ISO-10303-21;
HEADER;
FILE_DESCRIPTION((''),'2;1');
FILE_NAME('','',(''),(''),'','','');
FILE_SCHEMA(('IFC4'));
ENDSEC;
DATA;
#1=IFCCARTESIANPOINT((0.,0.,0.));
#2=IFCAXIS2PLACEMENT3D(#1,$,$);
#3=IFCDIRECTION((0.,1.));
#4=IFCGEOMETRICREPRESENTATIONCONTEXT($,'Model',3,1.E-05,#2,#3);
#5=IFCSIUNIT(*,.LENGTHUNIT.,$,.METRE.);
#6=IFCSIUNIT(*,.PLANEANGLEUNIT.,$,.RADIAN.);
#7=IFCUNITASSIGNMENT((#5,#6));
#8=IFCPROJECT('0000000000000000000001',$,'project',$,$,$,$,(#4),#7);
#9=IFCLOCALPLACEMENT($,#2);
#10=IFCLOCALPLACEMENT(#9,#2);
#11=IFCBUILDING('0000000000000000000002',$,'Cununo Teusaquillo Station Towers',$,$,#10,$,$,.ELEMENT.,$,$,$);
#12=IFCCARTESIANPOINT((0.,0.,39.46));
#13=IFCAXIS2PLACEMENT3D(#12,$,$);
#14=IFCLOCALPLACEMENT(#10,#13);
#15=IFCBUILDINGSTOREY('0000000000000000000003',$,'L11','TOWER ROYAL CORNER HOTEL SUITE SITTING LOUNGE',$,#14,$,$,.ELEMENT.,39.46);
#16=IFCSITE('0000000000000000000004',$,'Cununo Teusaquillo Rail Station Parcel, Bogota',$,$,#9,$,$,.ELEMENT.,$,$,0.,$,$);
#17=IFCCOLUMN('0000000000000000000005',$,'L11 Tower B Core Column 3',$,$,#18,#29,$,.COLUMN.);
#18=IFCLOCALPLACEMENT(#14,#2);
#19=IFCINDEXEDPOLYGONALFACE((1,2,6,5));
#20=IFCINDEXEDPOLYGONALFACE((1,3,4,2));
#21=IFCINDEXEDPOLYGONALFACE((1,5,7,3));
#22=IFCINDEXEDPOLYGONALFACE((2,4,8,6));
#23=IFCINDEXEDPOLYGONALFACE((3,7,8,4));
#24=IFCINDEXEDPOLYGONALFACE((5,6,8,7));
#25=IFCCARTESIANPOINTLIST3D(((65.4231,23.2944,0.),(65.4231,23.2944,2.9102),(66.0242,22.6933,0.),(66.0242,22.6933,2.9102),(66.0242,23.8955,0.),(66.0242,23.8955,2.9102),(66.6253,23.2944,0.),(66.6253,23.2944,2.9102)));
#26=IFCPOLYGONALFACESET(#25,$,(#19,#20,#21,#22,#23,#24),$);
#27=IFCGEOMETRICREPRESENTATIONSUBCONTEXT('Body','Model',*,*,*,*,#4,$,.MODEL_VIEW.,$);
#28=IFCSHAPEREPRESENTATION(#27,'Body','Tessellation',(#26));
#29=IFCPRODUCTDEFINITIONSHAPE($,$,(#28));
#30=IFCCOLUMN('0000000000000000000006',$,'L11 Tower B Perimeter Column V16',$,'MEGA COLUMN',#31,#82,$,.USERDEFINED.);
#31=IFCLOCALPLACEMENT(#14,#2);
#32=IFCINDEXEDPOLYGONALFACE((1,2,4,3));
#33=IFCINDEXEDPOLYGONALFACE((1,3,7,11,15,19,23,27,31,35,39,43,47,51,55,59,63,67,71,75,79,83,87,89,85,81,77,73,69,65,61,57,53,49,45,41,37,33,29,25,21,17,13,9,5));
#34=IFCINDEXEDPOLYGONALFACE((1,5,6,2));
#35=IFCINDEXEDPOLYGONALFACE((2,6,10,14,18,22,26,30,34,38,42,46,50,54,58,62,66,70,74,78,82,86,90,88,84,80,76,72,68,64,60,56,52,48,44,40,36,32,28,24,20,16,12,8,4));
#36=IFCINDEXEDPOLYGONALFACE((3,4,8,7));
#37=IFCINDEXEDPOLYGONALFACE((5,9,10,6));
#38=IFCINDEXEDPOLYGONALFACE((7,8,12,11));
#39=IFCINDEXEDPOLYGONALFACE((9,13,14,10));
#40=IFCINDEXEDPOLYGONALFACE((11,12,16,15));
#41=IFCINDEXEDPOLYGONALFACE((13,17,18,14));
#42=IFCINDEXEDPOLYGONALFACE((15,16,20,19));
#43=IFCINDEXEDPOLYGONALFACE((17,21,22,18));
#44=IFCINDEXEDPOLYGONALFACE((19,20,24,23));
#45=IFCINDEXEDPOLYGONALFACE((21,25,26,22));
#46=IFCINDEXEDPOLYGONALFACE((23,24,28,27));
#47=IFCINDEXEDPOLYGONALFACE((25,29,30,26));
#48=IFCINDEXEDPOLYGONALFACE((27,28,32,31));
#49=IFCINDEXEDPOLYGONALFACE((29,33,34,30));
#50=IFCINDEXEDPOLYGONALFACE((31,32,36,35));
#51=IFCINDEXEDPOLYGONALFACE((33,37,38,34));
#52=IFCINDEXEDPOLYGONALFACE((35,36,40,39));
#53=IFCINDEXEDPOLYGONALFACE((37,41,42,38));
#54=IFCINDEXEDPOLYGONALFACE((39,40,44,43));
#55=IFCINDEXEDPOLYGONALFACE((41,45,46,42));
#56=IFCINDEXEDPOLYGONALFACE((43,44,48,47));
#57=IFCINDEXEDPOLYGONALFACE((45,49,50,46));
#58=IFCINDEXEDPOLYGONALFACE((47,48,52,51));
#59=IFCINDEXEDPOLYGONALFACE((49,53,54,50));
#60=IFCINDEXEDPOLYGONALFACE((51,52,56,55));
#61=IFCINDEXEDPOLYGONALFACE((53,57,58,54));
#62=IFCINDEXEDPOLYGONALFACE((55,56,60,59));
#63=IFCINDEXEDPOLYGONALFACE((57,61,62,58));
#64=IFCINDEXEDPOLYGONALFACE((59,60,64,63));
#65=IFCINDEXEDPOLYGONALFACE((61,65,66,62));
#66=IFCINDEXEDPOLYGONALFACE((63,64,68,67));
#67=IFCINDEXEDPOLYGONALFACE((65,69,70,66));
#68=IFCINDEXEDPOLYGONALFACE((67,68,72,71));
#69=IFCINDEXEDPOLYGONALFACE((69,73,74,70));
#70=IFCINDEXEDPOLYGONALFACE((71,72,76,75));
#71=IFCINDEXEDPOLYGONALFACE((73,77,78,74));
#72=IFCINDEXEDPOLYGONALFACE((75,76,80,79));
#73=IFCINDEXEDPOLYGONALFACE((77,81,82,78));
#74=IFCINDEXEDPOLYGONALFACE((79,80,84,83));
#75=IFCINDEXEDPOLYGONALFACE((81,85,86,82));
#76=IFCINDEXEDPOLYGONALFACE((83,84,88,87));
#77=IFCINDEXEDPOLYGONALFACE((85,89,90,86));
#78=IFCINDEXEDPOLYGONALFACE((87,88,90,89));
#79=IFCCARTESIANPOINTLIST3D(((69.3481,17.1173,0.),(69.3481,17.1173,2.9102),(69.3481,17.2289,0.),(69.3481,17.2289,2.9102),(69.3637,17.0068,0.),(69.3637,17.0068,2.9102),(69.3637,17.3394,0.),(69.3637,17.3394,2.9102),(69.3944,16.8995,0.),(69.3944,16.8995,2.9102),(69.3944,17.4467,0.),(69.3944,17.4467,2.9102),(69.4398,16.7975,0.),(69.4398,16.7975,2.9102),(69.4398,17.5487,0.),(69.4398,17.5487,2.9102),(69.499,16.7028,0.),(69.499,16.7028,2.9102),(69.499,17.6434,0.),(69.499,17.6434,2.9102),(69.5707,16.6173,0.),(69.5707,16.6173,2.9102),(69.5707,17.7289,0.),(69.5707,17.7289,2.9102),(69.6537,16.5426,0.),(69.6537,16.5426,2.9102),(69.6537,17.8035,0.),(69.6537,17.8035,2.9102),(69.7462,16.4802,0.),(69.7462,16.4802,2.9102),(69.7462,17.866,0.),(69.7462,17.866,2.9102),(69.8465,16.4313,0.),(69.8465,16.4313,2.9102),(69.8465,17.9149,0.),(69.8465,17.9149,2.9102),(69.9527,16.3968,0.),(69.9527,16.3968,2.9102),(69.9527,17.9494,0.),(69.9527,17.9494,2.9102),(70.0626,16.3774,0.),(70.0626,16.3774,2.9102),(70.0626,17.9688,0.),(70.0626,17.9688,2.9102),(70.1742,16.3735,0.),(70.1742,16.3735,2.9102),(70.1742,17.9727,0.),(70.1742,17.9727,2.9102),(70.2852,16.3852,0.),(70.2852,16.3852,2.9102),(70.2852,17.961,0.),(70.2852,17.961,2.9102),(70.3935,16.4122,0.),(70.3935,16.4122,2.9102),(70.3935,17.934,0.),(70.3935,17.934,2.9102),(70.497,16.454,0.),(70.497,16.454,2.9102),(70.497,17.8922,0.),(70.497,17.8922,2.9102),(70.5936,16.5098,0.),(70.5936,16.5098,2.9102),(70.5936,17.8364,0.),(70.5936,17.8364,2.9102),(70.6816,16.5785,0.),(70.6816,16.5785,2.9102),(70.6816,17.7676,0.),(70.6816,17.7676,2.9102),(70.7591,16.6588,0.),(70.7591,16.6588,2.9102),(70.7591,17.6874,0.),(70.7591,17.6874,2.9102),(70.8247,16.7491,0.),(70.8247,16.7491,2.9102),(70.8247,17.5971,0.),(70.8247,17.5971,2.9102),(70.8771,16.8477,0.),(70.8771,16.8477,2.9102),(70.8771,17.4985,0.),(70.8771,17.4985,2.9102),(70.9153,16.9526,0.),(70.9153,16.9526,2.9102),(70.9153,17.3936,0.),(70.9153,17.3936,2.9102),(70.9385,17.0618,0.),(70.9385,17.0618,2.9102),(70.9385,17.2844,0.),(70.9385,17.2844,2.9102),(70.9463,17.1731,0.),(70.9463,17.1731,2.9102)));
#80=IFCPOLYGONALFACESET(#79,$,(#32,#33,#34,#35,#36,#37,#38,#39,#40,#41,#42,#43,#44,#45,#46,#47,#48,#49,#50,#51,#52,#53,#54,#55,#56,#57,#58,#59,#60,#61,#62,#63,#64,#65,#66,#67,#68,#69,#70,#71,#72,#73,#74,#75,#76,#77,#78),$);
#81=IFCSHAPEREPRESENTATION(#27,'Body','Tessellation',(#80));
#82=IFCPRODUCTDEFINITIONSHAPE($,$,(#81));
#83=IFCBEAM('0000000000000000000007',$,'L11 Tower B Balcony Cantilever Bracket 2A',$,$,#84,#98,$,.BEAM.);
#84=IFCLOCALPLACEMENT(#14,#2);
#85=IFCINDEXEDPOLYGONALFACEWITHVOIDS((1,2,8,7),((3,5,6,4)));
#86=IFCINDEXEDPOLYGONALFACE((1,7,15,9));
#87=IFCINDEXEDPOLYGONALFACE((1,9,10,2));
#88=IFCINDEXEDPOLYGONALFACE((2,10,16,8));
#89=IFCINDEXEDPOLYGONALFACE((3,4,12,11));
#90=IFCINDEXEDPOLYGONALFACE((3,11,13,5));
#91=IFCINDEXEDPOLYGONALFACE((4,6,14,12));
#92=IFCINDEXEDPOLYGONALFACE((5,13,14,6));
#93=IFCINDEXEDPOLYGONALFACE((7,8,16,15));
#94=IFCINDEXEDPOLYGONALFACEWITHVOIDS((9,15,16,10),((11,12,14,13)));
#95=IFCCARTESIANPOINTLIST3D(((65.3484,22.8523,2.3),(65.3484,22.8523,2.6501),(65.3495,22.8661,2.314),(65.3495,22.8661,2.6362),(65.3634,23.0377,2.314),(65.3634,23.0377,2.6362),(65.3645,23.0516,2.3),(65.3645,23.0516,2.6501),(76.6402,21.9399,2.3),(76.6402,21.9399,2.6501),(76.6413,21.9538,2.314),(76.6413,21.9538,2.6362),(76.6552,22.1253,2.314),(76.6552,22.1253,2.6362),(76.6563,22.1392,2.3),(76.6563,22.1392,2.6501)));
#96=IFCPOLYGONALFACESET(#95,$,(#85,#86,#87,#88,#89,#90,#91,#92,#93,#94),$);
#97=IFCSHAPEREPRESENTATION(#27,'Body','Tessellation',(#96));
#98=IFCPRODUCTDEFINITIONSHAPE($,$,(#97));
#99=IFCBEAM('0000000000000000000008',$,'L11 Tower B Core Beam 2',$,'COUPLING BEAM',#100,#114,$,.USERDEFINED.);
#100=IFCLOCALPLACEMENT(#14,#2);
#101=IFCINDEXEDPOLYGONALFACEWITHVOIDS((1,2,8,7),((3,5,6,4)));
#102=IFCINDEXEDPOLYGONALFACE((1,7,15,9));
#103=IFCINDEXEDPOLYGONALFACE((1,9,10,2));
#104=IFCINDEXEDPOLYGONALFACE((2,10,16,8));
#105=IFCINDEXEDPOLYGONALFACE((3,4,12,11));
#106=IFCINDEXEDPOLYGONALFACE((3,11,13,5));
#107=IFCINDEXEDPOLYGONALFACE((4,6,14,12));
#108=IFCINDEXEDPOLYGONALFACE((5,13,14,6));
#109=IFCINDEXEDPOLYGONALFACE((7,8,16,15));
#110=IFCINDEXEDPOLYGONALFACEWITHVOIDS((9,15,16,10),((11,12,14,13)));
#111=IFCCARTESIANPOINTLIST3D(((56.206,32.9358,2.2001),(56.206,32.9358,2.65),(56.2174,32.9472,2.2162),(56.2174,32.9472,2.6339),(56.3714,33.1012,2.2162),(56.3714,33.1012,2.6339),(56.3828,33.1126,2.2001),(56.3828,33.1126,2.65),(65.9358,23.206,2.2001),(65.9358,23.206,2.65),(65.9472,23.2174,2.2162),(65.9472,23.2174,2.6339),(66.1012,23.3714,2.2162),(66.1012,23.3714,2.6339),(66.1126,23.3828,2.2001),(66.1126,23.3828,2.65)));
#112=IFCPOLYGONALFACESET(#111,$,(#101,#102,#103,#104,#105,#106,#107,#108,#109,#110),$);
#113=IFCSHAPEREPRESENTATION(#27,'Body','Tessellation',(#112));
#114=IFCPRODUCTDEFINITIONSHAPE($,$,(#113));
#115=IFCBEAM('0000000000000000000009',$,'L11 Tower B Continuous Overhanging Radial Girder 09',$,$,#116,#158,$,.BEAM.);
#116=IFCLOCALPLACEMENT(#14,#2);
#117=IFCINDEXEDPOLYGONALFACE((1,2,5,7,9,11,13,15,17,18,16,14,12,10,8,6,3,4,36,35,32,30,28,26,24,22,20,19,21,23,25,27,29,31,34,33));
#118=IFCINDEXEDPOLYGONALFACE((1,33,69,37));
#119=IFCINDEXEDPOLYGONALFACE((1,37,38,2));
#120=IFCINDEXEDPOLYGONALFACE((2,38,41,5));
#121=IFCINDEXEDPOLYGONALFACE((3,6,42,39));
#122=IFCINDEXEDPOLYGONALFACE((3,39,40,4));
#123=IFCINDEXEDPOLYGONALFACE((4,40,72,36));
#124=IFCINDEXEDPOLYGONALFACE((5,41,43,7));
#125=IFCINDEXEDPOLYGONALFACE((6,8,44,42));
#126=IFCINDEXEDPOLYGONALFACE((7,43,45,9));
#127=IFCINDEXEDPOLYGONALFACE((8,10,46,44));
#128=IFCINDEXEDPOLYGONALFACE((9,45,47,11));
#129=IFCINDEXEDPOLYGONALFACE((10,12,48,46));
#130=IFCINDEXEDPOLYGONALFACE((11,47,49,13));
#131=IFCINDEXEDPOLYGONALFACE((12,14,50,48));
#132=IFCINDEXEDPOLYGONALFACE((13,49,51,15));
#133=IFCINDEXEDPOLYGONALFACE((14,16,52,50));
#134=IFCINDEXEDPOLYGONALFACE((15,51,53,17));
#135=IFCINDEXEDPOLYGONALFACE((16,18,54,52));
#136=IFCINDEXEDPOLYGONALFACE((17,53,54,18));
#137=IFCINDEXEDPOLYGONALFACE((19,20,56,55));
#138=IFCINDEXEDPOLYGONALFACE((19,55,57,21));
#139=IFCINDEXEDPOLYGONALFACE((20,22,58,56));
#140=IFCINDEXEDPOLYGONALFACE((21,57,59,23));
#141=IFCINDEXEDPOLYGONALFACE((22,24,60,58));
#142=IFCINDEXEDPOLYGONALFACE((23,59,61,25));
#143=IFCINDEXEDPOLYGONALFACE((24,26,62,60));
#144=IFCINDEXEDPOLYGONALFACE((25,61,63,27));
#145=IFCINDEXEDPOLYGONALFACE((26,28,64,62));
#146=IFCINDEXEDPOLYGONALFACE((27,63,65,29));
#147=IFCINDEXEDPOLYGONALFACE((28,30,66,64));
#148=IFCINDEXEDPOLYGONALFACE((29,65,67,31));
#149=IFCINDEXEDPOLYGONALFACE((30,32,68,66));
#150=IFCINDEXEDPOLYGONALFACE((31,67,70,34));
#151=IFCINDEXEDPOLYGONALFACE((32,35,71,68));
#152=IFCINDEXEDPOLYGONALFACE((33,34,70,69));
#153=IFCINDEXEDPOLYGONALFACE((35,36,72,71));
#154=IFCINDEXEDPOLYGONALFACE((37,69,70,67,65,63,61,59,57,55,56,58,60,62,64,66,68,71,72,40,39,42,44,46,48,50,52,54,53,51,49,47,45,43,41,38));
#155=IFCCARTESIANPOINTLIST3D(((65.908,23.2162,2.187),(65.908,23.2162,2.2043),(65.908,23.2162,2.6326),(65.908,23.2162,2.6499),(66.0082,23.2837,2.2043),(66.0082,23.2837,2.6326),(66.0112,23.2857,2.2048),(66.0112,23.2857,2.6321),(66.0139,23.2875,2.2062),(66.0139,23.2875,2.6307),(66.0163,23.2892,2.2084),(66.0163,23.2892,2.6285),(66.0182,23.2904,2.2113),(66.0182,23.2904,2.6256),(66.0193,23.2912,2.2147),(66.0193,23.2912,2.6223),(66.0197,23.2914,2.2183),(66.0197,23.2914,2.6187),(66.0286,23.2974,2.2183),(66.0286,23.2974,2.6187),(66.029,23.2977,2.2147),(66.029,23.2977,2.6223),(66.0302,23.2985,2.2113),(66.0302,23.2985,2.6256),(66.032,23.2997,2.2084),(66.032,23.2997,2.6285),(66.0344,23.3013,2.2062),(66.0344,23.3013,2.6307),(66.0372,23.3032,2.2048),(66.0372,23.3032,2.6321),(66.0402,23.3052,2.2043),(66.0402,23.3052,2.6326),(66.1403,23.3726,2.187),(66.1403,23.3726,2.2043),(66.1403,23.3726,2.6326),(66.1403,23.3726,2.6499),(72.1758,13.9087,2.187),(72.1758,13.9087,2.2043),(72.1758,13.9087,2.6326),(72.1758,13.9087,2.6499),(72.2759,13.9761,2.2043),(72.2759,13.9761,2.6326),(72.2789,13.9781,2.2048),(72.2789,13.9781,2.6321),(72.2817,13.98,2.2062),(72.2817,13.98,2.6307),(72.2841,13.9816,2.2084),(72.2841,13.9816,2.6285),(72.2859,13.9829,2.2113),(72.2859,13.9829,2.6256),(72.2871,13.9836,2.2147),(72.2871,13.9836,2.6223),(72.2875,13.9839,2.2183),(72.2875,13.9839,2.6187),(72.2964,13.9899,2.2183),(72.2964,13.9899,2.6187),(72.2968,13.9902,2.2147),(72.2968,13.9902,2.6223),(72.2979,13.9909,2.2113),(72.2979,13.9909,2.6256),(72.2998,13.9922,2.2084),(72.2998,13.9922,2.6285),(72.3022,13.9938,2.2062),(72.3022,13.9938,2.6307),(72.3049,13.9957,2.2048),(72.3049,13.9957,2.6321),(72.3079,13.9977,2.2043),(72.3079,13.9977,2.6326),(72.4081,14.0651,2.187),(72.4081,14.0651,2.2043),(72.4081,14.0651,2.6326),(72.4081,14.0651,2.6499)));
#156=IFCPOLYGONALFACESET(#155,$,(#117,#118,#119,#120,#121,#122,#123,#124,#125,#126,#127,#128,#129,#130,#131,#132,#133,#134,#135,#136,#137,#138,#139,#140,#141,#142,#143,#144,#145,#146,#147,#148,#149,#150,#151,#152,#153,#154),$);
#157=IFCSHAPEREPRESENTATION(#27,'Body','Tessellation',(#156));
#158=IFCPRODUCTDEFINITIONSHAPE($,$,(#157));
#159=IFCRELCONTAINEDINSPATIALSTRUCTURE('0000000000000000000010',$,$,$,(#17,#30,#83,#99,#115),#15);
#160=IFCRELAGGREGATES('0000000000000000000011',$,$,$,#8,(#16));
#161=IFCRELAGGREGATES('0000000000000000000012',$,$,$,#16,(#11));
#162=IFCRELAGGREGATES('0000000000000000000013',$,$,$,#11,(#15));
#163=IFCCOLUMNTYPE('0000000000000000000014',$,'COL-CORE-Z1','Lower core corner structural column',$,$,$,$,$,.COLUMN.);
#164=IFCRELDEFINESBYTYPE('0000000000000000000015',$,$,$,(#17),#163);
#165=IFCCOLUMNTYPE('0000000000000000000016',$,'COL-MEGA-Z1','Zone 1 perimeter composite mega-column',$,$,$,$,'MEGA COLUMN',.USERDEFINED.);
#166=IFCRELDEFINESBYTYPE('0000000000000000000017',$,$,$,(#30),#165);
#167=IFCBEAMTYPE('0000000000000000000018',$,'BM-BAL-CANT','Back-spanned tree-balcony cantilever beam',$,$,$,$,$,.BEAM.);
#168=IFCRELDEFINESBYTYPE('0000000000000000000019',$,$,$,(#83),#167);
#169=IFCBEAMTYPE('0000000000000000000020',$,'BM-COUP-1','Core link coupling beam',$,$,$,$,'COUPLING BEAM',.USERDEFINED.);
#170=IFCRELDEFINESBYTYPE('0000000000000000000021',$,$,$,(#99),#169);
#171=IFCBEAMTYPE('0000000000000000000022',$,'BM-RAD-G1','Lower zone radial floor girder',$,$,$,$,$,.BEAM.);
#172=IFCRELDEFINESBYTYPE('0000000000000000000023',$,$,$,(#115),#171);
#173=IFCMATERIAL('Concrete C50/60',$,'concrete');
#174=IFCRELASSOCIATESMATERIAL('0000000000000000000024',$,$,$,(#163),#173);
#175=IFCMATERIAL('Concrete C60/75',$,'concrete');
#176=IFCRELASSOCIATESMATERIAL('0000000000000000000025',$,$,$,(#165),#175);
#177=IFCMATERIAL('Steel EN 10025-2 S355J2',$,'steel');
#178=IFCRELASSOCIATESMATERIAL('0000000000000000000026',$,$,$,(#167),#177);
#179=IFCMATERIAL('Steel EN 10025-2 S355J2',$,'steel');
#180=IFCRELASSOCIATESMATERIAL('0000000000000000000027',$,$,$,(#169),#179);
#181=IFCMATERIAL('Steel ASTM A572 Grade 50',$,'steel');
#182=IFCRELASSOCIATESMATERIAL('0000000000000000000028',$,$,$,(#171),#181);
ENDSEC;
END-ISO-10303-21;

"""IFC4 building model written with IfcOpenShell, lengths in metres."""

from ifc_helpers import new_model, si_unit, direction, frame, origin, origin_2d, place, context, subcontext, project, spatial, rectangle, hollow_rectangle, circle, i_section, extrude, material, material_profile, profile_set, type_object, element, save


model = new_model("IFC4")

# Units and contexts
model_context = context("Model", 3, precision=1e-05, world=origin(), true_north=direction((0.0, 1.0)))
body_context = subcontext(model_context, "Body", "Model", "MODEL_VIEW")
ifc_project = project(units=[si_unit("LENGTHUNIT", "METRE"), si_unit("PLANEANGLEUNIT", "RADIAN")], contexts=[model_context])

# Site, building, storey
site_placement = place(None, origin())
site = spatial("IfcSite", under=ifc_project, at=site_placement, Name="Cununo Teusaquillo Rail Station Parcel, Bogota", CompositionType="ELEMENT", RefElevation=0.0)
building_placement = place(site_placement, origin())
building = spatial("IfcBuilding", under=site, at=building_placement, Name="Cununo Teusaquillo Station Towers", CompositionType="ELEMENT")
storey_placement = place(building_placement, frame((0.0, 0.0, 39.46)))
storey = spatial("IfcBuildingStorey", under=building, at=storey_placement, Name="L11", Description="TOWER ROYAL CORNER HOTEL SUITE SITTING LOUNGE", CompositionType="ELEMENT", Elevation=39.46)

# Columns
ifc_material_1 = material(Name="Concrete C50/60", Category="concrete")
ifc_material_profile_1 = material_profile(ifc_material_1, rectangle(XDim=0.8501, YDim=0.8501, at=origin_2d()), Name="RC-RECT-850x850")
ifc_profile_set_1 = profile_set([ifc_material_profile_1], Name="Concrete C50/60")
column_type_1 = type_object("IfcColumnType", Name="COL-CORE-Z1", Description="Lower core corner structural column", PredefinedType="COLUMN", material=ifc_profile_set_1)
column_1_placement = place(storey_placement, frame((66.0242, 23.2944, 0.0), z_axis=(0.0, 0.0, 1.0), x_axis=(0.707107, 0.707107, 0.0)))
element("IfcColumn", 1, at=column_1_placement, inside=storey, type_object=column_type_1, Name="L11 Tower B Core Column 3", PredefinedType="COLUMN", context=body_context, shape_type="SweptSolid", body=[
    extrude(rectangle(XDim=0.8501, YDim=0.8501, at=origin_2d()), origin(), (0.0, 0.0, 1.0), 2.9102),
])
ifc_material_2 = material(Name="Concrete C60/75", Category="concrete")
ifc_material_profile_2 = material_profile(ifc_material_2, circle(Radius=0.8, at=origin_2d()), Name="RC-CIRC-1600")
ifc_profile_set_2 = profile_set([ifc_material_profile_2], Name="Concrete C60/75")
column_type_2 = type_object("IfcColumnType", Name="COL-MEGA-Z1", Description="Zone 1 perimeter composite mega-column", ElementType="MEGA COLUMN", PredefinedType="USERDEFINED", material=ifc_profile_set_2)
column_2_placement = place(storey_placement, frame((70.1462, 17.1731, 0.0), z_axis=(0.0, 0.0, 1.0), x_axis=(1.0, 0.0, 0.0)))
element("IfcColumn", 2, at=column_2_placement, inside=storey, type_object=column_type_2, Name="L11 Tower B Perimeter Column V16", ObjectType="MEGA COLUMN", PredefinedType="USERDEFINED", context=body_context, shape_type="SweptSolid", body=[
    extrude(circle(Radius=0.8, at=origin_2d()), origin(), (0.0, 0.0, 1.0), 2.9102),
])

# Beams
ifc_material_3 = material(Name="Steel EN 10025-2 S355J2", Category="steel")
ifc_material_profile_3 = material_profile(ifc_material_3, hollow_rectangle(XDim=0.2, YDim=0.3501, WallThickness=0.0139, at=origin_2d()), Name="RHS 350x200x14")
ifc_profile_set_3 = profile_set([ifc_material_profile_3], Name="Steel EN 10025-2 S355J2")
beam_type_1 = type_object("IfcBeamType", Name="BM-BAL-CANT", Description="Back-spanned tree-balcony cantilever beam", PredefinedType="BEAM", material=ifc_profile_set_3)
beam_1_placement = place(storey_placement, frame((65.3564, 22.9519, 2.4751), z_axis=(0.996752, -0.080536, 0.0), x_axis=(0.080536, 0.996752, 0.0)))
element("IfcBeam", 3, at=beam_1_placement, inside=storey, type_object=beam_type_1, Name="L11 Tower B Balcony Cantilever Bracket 2A", PredefinedType="BEAM", context=body_context, shape_type="SweptSolid", body=[
    extrude(hollow_rectangle(XDim=0.2, YDim=0.3501, WallThickness=0.0139, at=origin_2d()), origin(), (0.0, 0.0, 1.0), 11.3286),
])
ifc_material_4 = material(Name="Steel EN 10025-2 S355J2", Category="steel")
ifc_material_profile_4 = material_profile(ifc_material_4, hollow_rectangle(XDim=0.25, YDim=0.45, WallThickness=0.0161, at=origin_2d()), Name="RHS 450x250x16")
ifc_profile_set_4 = profile_set([ifc_material_profile_4], Name="Steel EN 10025-2 S355J2")
beam_type_2 = type_object("IfcBeamType", Name="BM-COUP-1", Description="Core link coupling beam", ElementType="COUPLING BEAM", PredefinedType="USERDEFINED", material=ifc_profile_set_4)
beam_2_placement = place(storey_placement, frame((66.0242, 23.2944, 2.425), z_axis=(-0.707107, 0.707107, 0.0), x_axis=(-0.707107, -0.707107, 0.0)))
element("IfcBeam", 4, at=beam_2_placement, inside=storey, type_object=beam_type_2, Name="L11 Tower B Core Beam 2", ObjectType="COUPLING BEAM", PredefinedType="USERDEFINED", context=body_context, shape_type="SweptSolid", body=[
    extrude(hollow_rectangle(XDim=0.25, YDim=0.45, WallThickness=0.0161, at=origin_2d()), origin(), (0.0, 0.0, 1.0), 13.76),
])
ifc_material_5 = material(Name="Steel ASTM A572 Grade 50", Category="steel")
ifc_material_profile_5 = material_profile(ifc_material_5, i_section(OverallWidth=0.28, OverallDepth=0.4629, WebThickness=0.0107, FlangeThickness=0.0173, FilletRadius=0.0139, at=origin_2d()), Name="W18X76")
ifc_profile_set_5 = profile_set([ifc_material_profile_5], Name="Steel ASTM A572 Grade 50")
beam_type_3 = type_object("IfcBeamType", Name="BM-RAD-G1", Description="Lower zone radial floor girder", PredefinedType="BEAM", material=ifc_profile_set_5)
beam_3_placement = place(storey_placement, frame((66.0242, 23.2944, 2.4185), z_axis=(0.558565, -0.829461, 0.0), x_axis=(0.829461, 0.558565, 0.0)))
element("IfcBeam", 5, at=beam_3_placement, inside=storey, type_object=beam_type_3, Name="L11 Tower B Continuous Overhanging Radial Girder 09", PredefinedType="BEAM", context=body_context, shape_type="SweptSolid", body=[
    extrude(i_section(OverallWidth=0.28, OverallDepth=0.4629, WebThickness=0.0107, FlangeThickness=0.0173, FilletRadius=0.0139, at=origin_2d()), origin(), (0.0, 0.0, 1.0), 11.2212),
])

save(model, "model.ifc")
